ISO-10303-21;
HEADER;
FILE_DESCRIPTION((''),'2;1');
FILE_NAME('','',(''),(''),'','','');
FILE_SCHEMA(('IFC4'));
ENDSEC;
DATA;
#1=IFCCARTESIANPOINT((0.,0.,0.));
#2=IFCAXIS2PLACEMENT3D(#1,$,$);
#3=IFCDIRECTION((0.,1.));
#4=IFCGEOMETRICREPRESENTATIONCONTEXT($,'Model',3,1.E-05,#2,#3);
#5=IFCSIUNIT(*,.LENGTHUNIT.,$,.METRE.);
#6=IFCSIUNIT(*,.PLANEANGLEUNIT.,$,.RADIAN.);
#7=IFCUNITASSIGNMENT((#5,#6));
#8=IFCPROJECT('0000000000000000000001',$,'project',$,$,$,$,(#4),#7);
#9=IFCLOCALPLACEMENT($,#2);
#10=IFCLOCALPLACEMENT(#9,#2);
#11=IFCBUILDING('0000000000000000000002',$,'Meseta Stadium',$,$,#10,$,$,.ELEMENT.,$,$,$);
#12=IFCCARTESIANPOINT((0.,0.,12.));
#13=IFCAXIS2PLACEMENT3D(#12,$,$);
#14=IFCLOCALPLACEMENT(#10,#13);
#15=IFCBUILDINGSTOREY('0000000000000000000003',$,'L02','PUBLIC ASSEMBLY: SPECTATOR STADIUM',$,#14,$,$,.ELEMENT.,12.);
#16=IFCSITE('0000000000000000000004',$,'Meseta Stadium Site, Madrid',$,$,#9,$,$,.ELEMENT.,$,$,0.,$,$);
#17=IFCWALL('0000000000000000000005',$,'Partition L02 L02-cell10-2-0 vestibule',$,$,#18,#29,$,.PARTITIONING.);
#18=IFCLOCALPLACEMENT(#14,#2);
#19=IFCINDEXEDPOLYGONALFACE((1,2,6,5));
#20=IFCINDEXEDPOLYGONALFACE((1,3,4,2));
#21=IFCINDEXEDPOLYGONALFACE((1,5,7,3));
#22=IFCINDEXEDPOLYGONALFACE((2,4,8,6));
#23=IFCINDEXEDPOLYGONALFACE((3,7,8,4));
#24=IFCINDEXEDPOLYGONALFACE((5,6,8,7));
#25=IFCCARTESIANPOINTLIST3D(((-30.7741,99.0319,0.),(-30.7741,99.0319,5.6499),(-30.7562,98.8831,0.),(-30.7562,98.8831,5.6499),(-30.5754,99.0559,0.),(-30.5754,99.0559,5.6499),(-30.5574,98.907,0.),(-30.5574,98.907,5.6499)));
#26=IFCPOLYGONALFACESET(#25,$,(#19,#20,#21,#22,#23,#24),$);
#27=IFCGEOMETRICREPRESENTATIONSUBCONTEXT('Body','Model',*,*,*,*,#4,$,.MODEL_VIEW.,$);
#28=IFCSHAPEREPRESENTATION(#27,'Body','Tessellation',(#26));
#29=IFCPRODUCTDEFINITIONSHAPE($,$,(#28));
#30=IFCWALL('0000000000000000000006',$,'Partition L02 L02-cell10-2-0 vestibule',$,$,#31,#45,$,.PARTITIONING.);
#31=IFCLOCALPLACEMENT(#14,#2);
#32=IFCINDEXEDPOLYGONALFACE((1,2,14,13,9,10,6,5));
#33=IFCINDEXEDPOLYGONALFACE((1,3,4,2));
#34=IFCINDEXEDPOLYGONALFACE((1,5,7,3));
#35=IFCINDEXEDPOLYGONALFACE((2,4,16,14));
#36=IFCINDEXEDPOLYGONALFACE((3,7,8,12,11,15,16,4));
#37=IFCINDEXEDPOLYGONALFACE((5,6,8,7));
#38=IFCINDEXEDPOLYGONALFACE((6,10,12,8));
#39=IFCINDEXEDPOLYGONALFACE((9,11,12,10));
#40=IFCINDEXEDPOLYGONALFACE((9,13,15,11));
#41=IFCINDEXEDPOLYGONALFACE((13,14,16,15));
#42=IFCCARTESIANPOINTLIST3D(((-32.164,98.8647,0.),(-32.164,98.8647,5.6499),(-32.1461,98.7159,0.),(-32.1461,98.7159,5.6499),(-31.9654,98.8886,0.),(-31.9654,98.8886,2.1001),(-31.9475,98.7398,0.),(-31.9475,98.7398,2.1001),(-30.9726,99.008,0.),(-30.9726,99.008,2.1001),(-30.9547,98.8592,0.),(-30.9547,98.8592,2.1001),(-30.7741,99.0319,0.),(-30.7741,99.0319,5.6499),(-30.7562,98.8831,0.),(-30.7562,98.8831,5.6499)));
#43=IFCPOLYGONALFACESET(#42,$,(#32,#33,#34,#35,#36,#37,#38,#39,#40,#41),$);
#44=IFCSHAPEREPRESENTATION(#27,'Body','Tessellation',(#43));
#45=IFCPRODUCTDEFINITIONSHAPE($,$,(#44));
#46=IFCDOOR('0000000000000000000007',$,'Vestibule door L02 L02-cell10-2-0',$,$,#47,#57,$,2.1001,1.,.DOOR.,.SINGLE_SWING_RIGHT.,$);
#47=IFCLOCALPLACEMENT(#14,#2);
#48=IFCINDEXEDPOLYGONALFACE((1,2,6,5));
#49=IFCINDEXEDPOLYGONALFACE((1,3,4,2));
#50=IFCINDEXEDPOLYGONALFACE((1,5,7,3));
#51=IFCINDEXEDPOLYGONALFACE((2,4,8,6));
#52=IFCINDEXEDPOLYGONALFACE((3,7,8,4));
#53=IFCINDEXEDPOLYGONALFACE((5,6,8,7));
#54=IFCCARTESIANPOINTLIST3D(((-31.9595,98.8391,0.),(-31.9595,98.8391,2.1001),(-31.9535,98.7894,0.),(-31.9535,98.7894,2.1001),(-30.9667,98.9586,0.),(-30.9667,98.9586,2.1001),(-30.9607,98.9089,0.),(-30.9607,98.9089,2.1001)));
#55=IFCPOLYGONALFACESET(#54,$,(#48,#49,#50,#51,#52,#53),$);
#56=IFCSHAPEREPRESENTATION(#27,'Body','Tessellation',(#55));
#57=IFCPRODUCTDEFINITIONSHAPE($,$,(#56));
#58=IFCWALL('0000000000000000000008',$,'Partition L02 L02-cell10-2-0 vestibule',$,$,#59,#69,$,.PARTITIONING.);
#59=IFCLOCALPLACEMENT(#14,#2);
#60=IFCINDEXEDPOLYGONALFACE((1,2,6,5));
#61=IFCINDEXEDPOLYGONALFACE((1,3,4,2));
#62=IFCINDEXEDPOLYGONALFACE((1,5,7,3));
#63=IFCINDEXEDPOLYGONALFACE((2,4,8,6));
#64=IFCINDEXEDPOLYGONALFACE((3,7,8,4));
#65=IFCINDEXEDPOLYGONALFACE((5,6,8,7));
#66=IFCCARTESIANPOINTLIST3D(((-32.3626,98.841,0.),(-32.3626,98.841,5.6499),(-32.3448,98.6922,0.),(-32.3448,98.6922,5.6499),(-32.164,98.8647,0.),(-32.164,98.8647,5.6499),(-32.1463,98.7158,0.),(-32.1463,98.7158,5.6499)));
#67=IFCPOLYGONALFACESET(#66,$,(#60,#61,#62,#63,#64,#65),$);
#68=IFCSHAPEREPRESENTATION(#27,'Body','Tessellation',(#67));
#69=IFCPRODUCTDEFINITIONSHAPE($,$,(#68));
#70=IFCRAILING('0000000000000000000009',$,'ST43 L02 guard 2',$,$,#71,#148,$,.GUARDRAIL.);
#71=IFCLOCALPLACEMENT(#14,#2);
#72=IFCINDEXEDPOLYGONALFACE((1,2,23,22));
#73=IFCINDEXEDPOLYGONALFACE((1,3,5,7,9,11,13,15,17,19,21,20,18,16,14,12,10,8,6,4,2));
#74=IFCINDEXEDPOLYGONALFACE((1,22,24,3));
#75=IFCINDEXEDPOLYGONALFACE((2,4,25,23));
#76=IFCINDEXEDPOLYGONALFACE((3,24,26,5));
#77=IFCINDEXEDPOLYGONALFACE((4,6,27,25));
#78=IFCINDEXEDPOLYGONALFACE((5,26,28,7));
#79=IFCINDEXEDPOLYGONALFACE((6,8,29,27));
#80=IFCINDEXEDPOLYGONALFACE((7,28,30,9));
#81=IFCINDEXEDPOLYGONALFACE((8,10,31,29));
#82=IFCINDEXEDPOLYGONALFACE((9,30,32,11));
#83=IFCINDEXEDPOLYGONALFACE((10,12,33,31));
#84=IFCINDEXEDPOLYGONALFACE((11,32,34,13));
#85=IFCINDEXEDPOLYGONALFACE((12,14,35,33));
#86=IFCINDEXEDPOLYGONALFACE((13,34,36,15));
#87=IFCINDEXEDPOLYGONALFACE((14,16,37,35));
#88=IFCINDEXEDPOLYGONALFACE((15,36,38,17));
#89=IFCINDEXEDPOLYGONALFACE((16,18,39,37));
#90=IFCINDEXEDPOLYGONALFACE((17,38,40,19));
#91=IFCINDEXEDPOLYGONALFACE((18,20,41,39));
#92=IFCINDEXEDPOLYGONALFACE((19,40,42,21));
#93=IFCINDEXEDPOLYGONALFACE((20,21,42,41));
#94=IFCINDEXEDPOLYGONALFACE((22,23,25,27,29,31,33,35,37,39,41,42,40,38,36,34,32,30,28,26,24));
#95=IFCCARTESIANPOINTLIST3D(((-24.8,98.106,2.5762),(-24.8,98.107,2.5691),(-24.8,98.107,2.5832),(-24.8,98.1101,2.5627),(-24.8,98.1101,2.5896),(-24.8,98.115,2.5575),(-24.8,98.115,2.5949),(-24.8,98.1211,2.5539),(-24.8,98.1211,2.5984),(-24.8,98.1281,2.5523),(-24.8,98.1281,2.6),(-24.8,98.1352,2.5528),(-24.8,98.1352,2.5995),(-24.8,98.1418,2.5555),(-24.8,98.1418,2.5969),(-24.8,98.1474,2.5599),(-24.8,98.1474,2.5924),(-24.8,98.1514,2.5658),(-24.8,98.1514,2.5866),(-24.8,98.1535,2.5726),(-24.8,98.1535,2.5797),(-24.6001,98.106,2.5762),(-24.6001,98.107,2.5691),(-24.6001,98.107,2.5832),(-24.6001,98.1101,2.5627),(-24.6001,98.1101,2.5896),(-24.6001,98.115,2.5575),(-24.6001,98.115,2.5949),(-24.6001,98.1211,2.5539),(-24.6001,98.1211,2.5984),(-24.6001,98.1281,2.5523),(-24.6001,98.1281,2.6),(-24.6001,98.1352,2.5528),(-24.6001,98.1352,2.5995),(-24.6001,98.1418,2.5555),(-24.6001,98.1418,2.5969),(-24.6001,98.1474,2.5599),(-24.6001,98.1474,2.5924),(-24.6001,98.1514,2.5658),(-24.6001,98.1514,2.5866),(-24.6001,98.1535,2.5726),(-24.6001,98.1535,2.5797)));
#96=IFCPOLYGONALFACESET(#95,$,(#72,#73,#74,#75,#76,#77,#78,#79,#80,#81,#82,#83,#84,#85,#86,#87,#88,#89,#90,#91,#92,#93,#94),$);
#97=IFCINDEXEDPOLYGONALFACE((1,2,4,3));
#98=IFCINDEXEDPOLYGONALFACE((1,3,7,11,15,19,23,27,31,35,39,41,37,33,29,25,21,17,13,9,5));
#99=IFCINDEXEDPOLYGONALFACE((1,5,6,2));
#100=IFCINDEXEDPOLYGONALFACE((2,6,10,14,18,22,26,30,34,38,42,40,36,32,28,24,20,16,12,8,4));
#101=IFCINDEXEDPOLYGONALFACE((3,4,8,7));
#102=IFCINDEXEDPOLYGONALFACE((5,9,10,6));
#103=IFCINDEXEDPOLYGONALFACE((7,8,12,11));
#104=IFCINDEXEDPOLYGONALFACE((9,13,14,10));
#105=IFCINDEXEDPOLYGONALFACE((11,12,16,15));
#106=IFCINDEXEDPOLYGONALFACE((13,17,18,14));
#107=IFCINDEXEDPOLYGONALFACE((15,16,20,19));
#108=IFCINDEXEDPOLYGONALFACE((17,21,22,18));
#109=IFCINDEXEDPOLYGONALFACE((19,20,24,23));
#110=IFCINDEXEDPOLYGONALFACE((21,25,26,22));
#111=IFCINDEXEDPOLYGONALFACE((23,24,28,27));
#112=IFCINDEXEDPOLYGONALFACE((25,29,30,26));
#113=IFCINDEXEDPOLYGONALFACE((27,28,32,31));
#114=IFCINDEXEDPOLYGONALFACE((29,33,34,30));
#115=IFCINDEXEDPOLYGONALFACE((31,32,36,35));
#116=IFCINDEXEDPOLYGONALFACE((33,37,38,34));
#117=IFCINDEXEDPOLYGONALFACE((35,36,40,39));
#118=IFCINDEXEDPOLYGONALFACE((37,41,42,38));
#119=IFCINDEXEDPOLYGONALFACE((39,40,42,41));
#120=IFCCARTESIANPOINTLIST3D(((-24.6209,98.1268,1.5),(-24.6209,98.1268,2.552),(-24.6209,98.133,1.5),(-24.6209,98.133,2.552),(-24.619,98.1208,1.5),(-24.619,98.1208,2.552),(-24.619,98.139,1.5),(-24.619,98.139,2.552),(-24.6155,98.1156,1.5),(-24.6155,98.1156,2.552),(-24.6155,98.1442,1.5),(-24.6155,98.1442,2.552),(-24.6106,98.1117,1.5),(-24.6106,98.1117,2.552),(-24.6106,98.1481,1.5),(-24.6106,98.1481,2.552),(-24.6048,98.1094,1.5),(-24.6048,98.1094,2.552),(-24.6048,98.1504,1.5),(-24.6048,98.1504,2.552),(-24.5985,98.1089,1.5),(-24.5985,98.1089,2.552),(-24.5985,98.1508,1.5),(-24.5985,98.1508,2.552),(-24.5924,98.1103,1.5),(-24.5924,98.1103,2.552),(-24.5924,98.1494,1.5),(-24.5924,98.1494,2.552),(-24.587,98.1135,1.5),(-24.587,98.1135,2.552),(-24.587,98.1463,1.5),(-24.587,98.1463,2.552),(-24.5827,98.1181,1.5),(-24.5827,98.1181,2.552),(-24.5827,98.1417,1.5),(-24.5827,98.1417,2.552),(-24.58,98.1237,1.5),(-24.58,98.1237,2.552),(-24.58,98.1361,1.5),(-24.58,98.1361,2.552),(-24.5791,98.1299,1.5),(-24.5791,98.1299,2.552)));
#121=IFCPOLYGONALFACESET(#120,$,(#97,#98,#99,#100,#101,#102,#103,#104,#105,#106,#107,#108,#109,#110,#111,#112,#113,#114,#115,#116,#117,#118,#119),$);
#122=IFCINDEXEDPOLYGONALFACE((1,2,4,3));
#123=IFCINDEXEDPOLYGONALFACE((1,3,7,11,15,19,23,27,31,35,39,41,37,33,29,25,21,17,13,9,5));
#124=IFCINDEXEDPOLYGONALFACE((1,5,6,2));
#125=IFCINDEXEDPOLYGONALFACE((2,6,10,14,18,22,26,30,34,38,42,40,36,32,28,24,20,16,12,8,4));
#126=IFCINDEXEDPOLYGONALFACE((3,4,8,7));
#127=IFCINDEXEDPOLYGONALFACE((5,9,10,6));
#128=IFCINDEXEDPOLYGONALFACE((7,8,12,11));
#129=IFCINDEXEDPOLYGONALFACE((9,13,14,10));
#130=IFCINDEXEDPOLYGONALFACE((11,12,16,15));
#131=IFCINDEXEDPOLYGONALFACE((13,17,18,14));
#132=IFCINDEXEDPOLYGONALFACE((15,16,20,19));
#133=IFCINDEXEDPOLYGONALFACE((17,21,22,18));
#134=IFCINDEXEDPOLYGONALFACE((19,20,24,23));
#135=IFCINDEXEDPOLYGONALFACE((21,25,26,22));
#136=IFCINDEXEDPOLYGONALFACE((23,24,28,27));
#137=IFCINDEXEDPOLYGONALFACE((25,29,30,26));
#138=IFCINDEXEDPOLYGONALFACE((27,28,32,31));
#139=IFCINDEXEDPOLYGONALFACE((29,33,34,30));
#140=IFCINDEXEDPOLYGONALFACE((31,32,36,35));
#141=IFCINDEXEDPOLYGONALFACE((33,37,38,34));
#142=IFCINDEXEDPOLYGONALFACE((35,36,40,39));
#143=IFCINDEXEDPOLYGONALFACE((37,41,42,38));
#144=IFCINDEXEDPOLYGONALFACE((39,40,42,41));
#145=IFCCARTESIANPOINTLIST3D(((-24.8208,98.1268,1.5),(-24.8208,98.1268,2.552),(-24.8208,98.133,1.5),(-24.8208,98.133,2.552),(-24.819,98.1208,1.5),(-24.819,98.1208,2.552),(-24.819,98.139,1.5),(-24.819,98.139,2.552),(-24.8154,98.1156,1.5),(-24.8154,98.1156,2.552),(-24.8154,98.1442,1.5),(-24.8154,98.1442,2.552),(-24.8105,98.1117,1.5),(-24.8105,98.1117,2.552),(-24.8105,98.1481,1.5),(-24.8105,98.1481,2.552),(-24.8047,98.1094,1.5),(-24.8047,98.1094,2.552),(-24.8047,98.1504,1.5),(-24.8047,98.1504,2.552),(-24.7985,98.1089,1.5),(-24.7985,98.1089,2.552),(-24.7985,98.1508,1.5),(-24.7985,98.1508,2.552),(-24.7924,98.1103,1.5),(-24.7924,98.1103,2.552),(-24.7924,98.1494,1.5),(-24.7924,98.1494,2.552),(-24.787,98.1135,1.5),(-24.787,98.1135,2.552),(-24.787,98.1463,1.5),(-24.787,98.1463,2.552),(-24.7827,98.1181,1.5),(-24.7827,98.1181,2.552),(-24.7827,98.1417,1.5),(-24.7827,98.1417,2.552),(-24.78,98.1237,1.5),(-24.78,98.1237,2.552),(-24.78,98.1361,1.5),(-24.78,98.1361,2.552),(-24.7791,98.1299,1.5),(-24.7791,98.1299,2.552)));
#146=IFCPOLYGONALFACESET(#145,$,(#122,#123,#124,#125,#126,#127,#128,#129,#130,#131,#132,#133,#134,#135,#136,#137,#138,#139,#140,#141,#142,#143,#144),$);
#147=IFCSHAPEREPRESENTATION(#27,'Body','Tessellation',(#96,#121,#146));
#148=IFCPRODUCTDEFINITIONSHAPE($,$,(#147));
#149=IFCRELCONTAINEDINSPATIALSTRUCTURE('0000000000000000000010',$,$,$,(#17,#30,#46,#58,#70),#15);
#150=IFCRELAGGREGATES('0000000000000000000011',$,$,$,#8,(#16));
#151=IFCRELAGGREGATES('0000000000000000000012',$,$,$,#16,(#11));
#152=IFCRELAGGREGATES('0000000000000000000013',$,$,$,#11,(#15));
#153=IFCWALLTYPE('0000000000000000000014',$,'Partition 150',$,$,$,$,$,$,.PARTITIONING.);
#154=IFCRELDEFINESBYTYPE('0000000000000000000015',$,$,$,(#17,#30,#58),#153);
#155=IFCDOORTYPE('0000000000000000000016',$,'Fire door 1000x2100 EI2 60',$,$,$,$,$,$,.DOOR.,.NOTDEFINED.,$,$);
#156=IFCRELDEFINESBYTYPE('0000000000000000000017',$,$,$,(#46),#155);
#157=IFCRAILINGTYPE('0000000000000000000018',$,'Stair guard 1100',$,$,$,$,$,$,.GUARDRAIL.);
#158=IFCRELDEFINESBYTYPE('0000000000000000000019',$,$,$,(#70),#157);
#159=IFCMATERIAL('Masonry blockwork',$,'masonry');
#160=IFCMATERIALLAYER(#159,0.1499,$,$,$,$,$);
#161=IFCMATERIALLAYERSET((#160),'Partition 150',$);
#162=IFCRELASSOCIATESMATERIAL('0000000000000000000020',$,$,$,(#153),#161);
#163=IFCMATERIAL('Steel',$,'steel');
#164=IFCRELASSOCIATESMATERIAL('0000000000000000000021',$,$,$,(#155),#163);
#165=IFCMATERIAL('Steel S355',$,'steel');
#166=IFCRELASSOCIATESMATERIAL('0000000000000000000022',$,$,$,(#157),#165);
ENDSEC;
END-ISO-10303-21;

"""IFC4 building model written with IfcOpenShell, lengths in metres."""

from ifc_helpers import new_model, si_unit, direction, frame, frame_2d, origin, origin_2d, place, context, subcontext, project, spatial, rectangle, circle, extrude, material, layer, layer_set, type_object, element, fill, save


model = new_model("IFC4")

# Units and contexts
model_context = context("Model", 3, precision=1e-05, world=origin(), true_north=direction((0.0, 1.0)))
body_context = subcontext(model_context, "Body", "Model", "MODEL_VIEW")
ifc_project = project(units=[si_unit("LENGTHUNIT", "METRE"), si_unit("PLANEANGLEUNIT", "RADIAN")], contexts=[model_context])

# Site, building, storey
site_placement = place(None, origin())
site = spatial("IfcSite", under=ifc_project, at=site_placement, Name="Meseta Stadium Site, Madrid", CompositionType="ELEMENT", RefElevation=0.0)
building_placement = place(site_placement, origin())
building = spatial("IfcBuilding", under=site, at=building_placement, Name="Meseta Stadium", CompositionType="ELEMENT")
storey_placement = place(building_placement, frame((0.0, 0.0, 12.0)))
storey = spatial("IfcBuildingStorey", under=building, at=storey_placement, Name="L02", Description="PUBLIC ASSEMBLY: SPECTATOR STADIUM", CompositionType="ELEMENT", Elevation=12.0)

# Wall
ifc_material_1 = material(Name="Masonry blockwork", Category="masonry")
ifc_layer_1 = layer(ifc_material_1, 0.1499)
ifc_layer_set_1 = layer_set([ifc_layer_1], Name="Partition 150")
wall_type_1 = type_object("IfcWallType", Name="Partition 150", PredefinedType="PARTITIONING", material=ifc_layer_set_1)
wall_1_placement = place(storey_placement, frame((-30.5664, 98.9814, 0.0), z_axis=(0.0, 0.0, 1.0), x_axis=(-0.992831, -0.11953, 0.0)))
element("IfcWall", 1, at=wall_1_placement, inside=storey, type_object=wall_type_1, Name="Partition L02 L02-cell10-2-0 vestibule", PredefinedType="PARTITIONING", context=body_context, shape_type="SweptSolid", body=[
    extrude(rectangle(XDim=0.2002, YDim=0.1499, at=frame_2d((0.1001, 0.0))), origin(), (0.0, 0.0, 1.0), 5.6499),
])

# Wall, opening, door
wall_2_placement = place(storey_placement, frame((-30.7651, 98.9575, 0.0), z_axis=(0.0, 0.0, 1.0), x_axis=(-0.992839, -0.119462, 0.0)))
wall_2 = element("IfcWall", 2, at=wall_2_placement, inside=storey, type_object=wall_type_1, Name="Partition L02 L02-cell10-2-0 vestibule", PredefinedType="PARTITIONING", context=body_context, shape_type="SweptSolid", body=[
    extrude(rectangle(XDim=1.3999, YDim=0.1499, at=frame_2d((0.7, 0.0))), origin(), (0.0, 0.0, 1.0), 5.6499),
])
opening_placement = place(wall_2_placement, frame((0.2, 0.0, 0.0)))
opening = element("IfcOpeningElement", 3, at=opening_placement, cuts=wall_2, PredefinedType="OPENING", context=body_context, shape_type="SweptSolid", body=[
    extrude(rectangle(XDim=1.0, YDim=2.1001, at=frame_2d((0.5, 1.05))), frame((0.0, 0.085, 0.0), z_axis=(0.0, -1.0, 0.0), x_axis=(1.0, 0.0, 0.0)), (0.0, 0.0, 1.0), 0.1699),
])
ifc_material_2 = material(Name="Steel", Category="steel")
door_type = type_object("IfcDoorType", Name="Fire door 1000x2100 EI2 60", OperationType="NOTDEFINED", PredefinedType="DOOR", material=ifc_material_2)
door_placement = place(opening_placement, origin())
door = element("IfcDoor", 4, at=door_placement, inside=storey, type_object=door_type, Name="Vestibule door L02 L02-cell10-2-0", OperationType="SINGLE_SWING_RIGHT", OverallHeight=2.1001, OverallWidth=1.0, PredefinedType="DOOR", context=body_context, shape_type="SweptSolid", body=[
    extrude(rectangle(XDim=1.0, YDim=2.1001, at=frame_2d((0.5, 1.05))), frame((0.0, 0.0249, 0.0), z_axis=(0.0, -1.0, 0.0), x_axis=(1.0, 0.0, 0.0)), (0.0, 0.0, 1.0), 0.05),
])
fill(opening, door)

# Wall
wall_3_placement = place(storey_placement, frame((-32.155, 98.7903, 0.0), z_axis=(0.0, 0.0, 1.0), x_axis=(-0.992958, -0.118471, 0.0)))
element("IfcWall", 5, at=wall_3_placement, inside=storey, type_object=wall_type_1, Name="Partition L02 L02-cell10-2-0 vestibule", PredefinedType="PARTITIONING", context=body_context, shape_type="SweptSolid", body=[
    extrude(rectangle(XDim=0.2, YDim=0.1499, at=frame_2d((0.1001, 0.0))), origin(), (0.0, 0.0, 1.0), 5.6499),
])

# Railing
ifc_material_3 = material(Name="Steel S355", Category="steel")
railing_type = type_object("IfcRailingType", Name="Stair guard 1100", PredefinedType="GUARDRAIL", material=ifc_material_3)
for number, where, name in (
    (6, (-24.6001, 98.1299, 1.5), "ST43 L02 guard 2"),
):
    element("IfcRailing", number, at=place(storey_placement, frame(where)), inside=storey, type_object=railing_type, Name=name, PredefinedType="GUARDRAIL", context=body_context, shape_type="SweptSolid", body=[
        extrude(circle(Radius=0.0239, at=origin_2d()), frame((0.0, 0.0, 1.0762), z_axis=(-1.0, 0.0, 0.0), x_axis=(0.0, -1.0, 0.0)), (0.0, 0.0, 1.0), 0.2),
        extrude(circle(Radius=0.021, at=origin_2d()), origin(), (0.0, 0.0, 1.0), 1.052),
        extrude(circle(Radius=0.021, at=origin_2d()), frame((-0.2, 0.0, 0.0)), (0.0, 0.0, 1.0), 1.052),
    ])

save(model, "model.ifc")
